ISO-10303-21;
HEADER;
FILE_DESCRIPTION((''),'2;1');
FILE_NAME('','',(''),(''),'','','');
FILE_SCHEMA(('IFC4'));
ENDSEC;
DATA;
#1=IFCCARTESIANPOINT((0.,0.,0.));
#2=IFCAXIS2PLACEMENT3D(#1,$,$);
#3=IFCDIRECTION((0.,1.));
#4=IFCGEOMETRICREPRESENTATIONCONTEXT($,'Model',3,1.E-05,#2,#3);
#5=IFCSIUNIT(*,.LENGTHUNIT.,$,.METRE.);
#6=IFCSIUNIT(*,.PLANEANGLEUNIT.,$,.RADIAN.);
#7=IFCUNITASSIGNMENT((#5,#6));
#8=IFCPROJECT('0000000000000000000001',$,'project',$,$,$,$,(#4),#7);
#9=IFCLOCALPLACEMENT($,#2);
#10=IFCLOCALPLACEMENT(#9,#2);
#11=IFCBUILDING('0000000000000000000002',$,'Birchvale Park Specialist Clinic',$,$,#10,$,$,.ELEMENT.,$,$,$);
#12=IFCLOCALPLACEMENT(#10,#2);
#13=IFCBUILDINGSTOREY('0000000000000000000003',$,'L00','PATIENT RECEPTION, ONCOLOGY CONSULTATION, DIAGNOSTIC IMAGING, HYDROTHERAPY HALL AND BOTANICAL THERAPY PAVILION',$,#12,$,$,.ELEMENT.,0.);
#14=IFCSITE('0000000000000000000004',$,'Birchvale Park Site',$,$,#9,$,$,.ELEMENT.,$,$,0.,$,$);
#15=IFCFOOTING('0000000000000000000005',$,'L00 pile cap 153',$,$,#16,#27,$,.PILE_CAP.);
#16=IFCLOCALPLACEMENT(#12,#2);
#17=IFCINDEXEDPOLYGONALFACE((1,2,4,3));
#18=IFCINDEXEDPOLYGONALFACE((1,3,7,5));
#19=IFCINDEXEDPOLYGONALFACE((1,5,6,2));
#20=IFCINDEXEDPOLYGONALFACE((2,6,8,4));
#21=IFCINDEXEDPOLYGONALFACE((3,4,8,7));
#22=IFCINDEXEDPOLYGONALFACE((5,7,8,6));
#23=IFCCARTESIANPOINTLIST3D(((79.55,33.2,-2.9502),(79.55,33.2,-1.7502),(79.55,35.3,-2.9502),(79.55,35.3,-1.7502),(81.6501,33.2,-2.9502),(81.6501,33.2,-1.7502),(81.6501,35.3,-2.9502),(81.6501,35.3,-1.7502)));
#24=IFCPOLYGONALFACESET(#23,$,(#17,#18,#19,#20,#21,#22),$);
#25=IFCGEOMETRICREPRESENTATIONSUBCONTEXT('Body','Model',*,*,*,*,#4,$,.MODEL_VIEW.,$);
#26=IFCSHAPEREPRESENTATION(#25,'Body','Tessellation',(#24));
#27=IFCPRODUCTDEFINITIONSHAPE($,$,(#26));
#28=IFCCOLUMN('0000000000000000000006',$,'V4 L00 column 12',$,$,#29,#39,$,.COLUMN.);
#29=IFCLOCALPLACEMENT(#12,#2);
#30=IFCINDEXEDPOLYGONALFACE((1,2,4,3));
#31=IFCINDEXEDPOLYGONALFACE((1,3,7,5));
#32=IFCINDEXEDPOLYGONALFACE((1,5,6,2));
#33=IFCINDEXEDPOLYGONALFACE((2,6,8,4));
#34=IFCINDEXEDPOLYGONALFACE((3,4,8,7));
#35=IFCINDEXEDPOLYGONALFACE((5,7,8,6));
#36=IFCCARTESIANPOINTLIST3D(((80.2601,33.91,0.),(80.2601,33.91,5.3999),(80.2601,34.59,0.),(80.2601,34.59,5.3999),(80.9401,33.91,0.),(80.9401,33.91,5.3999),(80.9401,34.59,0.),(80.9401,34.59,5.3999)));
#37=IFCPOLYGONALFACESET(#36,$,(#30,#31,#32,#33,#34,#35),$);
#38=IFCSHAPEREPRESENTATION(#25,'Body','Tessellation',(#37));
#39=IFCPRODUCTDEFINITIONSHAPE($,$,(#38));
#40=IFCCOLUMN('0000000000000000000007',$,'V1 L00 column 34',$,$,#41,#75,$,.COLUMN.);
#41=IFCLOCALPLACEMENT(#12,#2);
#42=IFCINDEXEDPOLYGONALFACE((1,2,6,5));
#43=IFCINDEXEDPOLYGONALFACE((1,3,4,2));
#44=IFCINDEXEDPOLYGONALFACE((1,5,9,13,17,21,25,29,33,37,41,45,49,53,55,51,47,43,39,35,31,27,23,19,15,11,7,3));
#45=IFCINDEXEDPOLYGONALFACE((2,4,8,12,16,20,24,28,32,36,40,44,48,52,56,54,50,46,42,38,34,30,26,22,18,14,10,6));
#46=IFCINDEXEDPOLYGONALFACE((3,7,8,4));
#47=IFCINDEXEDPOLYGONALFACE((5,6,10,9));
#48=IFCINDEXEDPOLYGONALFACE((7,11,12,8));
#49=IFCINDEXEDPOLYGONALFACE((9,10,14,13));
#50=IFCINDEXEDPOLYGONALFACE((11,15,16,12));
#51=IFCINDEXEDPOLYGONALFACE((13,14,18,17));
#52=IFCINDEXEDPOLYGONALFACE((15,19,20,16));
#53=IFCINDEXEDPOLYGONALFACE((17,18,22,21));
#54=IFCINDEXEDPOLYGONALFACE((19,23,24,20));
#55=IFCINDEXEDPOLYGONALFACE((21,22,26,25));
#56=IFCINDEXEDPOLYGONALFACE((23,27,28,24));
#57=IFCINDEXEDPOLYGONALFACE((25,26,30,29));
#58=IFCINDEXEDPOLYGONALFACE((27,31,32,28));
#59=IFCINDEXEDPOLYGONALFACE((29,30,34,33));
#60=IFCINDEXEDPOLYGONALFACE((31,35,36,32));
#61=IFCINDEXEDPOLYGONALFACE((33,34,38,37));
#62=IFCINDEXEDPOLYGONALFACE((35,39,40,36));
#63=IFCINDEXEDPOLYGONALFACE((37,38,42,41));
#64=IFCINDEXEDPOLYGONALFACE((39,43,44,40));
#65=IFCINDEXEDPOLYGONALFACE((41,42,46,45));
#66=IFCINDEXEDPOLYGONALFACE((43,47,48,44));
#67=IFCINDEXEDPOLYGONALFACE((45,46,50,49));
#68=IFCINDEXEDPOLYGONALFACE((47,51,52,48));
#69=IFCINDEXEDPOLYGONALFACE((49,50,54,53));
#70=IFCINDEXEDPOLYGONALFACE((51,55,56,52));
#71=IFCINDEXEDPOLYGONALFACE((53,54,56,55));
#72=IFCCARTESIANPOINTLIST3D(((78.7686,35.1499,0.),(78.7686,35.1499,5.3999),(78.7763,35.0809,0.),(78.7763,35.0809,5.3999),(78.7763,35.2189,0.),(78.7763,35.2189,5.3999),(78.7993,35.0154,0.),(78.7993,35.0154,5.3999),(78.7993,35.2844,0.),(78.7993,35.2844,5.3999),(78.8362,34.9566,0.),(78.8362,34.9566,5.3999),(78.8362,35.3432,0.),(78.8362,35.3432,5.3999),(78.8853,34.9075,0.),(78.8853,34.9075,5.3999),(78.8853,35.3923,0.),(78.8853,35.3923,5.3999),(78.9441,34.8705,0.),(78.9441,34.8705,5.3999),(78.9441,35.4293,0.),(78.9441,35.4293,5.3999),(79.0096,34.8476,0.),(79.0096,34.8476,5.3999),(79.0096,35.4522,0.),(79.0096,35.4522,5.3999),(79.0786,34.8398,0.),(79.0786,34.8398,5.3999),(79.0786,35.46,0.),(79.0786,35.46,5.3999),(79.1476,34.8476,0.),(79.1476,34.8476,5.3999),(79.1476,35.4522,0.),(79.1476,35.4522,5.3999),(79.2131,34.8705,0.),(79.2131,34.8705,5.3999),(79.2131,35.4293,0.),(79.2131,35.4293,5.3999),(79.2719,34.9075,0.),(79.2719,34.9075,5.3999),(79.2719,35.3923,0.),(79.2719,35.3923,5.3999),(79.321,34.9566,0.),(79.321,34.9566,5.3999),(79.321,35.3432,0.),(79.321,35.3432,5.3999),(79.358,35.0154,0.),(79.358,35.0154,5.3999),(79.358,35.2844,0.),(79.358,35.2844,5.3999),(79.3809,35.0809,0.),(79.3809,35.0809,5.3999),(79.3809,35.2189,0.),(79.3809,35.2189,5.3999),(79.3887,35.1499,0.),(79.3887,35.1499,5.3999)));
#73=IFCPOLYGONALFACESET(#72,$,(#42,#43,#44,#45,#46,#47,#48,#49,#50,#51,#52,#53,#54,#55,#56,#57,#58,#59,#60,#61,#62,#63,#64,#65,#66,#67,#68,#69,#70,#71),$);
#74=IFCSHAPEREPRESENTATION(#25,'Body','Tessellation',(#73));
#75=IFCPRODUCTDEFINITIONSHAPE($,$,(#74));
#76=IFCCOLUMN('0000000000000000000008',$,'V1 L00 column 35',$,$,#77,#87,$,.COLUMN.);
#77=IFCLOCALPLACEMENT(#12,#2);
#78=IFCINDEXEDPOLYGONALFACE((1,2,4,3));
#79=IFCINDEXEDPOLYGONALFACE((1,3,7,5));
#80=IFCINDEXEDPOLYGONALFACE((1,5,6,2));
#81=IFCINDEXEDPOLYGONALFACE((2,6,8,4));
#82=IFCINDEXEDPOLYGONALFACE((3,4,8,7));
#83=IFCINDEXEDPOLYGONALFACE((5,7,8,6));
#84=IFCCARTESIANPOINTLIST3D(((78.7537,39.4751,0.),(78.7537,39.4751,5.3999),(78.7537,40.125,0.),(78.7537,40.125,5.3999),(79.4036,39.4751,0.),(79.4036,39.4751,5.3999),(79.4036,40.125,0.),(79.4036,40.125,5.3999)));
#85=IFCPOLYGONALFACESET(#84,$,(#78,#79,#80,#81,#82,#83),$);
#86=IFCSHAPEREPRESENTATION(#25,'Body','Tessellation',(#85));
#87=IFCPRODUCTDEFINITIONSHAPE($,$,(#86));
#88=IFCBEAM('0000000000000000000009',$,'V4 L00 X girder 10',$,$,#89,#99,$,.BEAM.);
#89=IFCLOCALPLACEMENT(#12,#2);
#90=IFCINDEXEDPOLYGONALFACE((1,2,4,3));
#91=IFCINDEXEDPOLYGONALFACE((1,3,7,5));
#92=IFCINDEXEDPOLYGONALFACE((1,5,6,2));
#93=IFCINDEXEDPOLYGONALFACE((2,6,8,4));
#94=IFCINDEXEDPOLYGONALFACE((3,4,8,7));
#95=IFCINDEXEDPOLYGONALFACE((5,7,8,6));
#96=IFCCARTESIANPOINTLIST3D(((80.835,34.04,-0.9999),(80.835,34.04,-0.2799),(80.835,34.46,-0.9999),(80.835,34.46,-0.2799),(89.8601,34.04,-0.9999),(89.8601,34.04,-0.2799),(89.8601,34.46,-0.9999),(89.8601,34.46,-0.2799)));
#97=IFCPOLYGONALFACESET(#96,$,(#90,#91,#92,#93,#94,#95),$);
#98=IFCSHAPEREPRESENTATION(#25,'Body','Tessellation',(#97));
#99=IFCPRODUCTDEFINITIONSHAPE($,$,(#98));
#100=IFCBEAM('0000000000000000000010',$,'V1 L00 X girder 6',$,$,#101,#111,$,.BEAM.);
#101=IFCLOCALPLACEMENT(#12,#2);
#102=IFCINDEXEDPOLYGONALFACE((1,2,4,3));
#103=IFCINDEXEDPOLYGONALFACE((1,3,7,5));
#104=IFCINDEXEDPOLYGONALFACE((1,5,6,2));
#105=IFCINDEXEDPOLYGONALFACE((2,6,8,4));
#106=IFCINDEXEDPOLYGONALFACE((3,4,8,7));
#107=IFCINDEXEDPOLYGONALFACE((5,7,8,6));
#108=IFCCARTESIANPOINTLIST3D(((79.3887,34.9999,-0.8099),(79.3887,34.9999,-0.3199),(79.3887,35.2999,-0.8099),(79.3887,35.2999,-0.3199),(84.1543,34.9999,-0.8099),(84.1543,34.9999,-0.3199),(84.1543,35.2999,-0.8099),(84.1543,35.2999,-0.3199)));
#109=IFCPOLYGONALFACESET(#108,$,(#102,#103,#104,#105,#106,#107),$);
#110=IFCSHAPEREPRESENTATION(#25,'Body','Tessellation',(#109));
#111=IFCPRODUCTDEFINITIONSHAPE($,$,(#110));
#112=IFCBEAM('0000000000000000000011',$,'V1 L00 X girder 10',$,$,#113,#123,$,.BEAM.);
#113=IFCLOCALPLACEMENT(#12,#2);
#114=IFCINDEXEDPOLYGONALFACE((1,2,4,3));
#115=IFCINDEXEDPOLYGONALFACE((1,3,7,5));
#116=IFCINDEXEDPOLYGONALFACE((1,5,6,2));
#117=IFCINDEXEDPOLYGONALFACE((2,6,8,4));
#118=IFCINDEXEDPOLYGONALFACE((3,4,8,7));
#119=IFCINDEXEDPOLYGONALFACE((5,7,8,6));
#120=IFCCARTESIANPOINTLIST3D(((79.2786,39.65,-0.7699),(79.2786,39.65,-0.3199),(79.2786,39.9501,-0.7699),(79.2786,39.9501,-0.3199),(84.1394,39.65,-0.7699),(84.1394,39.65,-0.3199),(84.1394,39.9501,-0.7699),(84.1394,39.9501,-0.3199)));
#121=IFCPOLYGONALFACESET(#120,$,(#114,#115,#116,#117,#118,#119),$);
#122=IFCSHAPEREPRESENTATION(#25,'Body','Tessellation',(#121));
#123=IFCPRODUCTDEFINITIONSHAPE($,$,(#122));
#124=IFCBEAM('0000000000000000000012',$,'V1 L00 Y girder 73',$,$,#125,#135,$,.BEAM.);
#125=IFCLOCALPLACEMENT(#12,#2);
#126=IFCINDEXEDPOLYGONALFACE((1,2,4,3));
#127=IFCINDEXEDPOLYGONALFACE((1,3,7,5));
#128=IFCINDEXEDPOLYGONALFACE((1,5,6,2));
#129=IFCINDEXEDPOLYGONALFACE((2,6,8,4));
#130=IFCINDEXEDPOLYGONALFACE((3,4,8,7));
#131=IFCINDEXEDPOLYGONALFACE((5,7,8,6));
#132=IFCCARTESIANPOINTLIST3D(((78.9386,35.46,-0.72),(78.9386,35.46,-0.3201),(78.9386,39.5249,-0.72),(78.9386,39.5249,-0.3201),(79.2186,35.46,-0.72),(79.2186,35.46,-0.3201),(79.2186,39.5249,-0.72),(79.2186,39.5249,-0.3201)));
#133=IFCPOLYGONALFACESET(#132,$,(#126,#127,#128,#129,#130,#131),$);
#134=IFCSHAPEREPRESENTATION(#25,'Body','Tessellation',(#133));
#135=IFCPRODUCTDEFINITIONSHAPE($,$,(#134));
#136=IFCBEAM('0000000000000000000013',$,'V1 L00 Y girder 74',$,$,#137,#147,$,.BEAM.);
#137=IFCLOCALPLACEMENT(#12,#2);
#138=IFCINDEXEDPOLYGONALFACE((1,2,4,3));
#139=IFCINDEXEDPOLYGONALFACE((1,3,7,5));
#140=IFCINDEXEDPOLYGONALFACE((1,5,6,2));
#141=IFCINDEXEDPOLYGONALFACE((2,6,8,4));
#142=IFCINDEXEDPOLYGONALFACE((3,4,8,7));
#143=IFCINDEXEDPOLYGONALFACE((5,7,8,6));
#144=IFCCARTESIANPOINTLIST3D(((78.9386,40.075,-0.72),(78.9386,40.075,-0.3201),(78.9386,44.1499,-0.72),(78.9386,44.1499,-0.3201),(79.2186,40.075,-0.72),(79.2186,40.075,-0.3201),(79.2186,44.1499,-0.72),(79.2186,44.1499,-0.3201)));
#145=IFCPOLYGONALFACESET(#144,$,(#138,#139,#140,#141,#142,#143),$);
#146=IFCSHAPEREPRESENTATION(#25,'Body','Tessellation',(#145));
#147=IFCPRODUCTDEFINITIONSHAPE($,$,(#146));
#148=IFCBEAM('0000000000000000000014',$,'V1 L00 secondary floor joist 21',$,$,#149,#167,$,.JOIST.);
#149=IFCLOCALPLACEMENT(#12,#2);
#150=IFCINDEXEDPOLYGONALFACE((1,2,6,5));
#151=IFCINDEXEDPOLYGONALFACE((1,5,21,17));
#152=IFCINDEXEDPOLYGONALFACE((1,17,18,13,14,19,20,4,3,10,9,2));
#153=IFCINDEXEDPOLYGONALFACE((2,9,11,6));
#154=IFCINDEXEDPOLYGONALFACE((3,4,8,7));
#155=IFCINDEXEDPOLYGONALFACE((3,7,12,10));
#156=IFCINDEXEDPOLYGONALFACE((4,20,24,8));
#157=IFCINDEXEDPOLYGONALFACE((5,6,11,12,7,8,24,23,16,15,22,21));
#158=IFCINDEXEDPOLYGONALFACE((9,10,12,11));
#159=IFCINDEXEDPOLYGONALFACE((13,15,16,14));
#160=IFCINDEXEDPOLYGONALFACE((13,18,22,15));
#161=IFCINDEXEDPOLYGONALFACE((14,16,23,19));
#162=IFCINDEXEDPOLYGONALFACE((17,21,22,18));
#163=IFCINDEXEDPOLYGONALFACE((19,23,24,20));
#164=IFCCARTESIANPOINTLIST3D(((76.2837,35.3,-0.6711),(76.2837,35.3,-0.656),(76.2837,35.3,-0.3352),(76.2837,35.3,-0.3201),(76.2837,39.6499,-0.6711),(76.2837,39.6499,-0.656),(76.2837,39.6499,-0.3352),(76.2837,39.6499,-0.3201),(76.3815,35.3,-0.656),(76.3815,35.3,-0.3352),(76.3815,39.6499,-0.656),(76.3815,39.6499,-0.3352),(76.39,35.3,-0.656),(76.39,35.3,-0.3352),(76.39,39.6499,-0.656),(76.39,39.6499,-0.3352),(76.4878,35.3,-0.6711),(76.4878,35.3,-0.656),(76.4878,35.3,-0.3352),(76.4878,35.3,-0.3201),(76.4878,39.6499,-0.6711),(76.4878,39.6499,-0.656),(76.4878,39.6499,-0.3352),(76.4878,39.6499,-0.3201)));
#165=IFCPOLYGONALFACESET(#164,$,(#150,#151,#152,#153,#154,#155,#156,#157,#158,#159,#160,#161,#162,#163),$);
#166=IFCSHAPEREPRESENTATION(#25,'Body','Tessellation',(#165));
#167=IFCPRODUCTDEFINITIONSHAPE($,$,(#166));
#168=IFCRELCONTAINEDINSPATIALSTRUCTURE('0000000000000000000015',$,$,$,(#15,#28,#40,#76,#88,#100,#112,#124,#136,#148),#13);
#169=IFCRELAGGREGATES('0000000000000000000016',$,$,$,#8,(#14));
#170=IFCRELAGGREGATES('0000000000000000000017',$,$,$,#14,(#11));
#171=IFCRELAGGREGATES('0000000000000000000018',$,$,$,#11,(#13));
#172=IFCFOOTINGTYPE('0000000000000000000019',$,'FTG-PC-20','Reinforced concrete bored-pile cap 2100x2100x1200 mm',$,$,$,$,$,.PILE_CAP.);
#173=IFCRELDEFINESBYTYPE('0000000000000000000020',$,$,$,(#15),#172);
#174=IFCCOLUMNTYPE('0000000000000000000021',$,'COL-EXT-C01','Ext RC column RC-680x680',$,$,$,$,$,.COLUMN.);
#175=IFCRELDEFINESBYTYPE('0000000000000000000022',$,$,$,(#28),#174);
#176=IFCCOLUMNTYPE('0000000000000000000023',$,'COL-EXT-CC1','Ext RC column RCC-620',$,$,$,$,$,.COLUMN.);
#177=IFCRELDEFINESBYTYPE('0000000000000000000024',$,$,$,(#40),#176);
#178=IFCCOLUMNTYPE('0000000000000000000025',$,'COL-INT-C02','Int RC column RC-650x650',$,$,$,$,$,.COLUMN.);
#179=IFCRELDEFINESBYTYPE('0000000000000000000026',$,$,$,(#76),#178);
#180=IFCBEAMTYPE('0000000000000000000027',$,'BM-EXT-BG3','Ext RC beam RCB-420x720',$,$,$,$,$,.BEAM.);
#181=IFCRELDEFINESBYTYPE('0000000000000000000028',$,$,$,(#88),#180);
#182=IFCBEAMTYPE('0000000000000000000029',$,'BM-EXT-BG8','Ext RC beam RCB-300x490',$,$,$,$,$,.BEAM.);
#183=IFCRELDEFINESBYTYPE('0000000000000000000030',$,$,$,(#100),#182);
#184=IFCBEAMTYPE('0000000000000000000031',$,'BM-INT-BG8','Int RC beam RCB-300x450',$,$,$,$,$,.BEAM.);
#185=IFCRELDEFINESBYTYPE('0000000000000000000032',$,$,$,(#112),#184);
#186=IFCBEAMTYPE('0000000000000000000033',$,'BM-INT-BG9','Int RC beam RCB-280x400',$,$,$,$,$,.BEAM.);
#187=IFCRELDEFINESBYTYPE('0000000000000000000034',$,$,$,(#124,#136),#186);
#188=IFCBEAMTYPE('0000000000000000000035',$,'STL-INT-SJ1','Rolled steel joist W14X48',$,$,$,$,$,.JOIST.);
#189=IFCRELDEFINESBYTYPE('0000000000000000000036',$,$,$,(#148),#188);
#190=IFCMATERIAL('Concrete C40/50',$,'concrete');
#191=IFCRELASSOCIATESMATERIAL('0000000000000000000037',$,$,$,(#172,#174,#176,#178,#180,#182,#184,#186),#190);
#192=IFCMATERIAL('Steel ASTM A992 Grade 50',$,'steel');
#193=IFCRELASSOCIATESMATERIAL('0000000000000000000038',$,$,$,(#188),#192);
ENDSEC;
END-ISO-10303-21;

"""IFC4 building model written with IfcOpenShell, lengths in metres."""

from ifc_helpers import new_model, si_unit, direction, frame, origin, origin_2d, place, context, subcontext, project, spatial, rectangle, circle, i_section, extrude, material, material_profile, profile_set, type_object, element, save


model = new_model("IFC4")

# Units and contexts
model_context = context("Model", 3, precision=1e-05, world=origin(), true_north=direction((0.0, 1.0)))
body_context = subcontext(model_context, "Body", "Model", "MODEL_VIEW")
ifc_project = project(units=[si_unit("LENGTHUNIT", "METRE"), si_unit("PLANEANGLEUNIT", "RADIAN")], contexts=[model_context])

# Site, building, storey
site_placement = place(None, origin())
site = spatial("IfcSite", under=ifc_project, at=site_placement, Name="Birchvale Park Site", CompositionType="ELEMENT", RefElevation=0.0)
building_placement = place(site_placement, origin())
building = spatial("IfcBuilding", under=site, at=building_placement, Name="Birchvale Park Specialist Clinic", CompositionType="ELEMENT")
storey_placement = place(building_placement, origin())
storey = spatial("IfcBuildingStorey", under=building, at=storey_placement, Name="L00", Description="PATIENT RECEPTION, ONCOLOGY CONSULTATION, DIAGNOSTIC IMAGING, HYDROTHERAPY HALL AND BOTANICAL THERAPY PAVILION", CompositionType="ELEMENT", Elevation=0.0)

# Footing
ifc_material_1 = material(Name="Concrete C40/50", Category="concrete")
footing_type = type_object("IfcFootingType", Name="FTG-PC-20", Description="Reinforced concrete bored-pile cap 2100x2100x1200 mm", PredefinedType="PILE_CAP", material=ifc_material_1)
footing_placement = place(storey_placement, frame((80.6001, 34.25, -2.9502), z_axis=(0.0, 0.0, 1.0), x_axis=(1.0, 0.0, 0.0)))
element("IfcFooting", 1, at=footing_placement, inside=storey, type_object=footing_type, Name="L00 pile cap 153", PredefinedType="PILE_CAP", context=body_context, shape_type="SweptSolid", body=[
    extrude(rectangle(XDim=2.1001, YDim=2.1001, at=origin_2d()), origin(), (0.0, 0.0, 1.0), 1.2),
])

# Columns
ifc_material_profile_1 = material_profile(ifc_material_1, rectangle(XDim=0.6799, YDim=0.6799, at=origin_2d()), Name="RC-680x680")
ifc_profile_set_1 = profile_set([ifc_material_profile_1], Name="Concrete C40/50")
column_type_1 = type_object("IfcColumnType", Name="COL-EXT-C01", Description="Ext RC column RC-680x680", PredefinedType="COLUMN", material=ifc_profile_set_1)
column_1_placement = place(storey_placement, frame((80.6001, 34.25, 0.0), z_axis=(0.0, 0.0, 1.0), x_axis=(1.0, 0.0, 0.0)))
element("IfcColumn", 2, at=column_1_placement, inside=storey, type_object=column_type_1, Name="V4 L00 column 12", PredefinedType="COLUMN", context=body_context, shape_type="SweptSolid", body=[
    extrude(rectangle(XDim=0.6799, YDim=0.6799, at=origin_2d()), origin(), (0.0, 0.0, 1.0), 5.3999),
])
ifc_material_profile_2 = material_profile(ifc_material_1, circle(Radius=0.3101, at=origin_2d()), Name="RCC-620")
ifc_profile_set_2 = profile_set([ifc_material_profile_2], Name="Concrete C40/50")
column_type_2 = type_object("IfcColumnType", Name="COL-EXT-CC1", Description="Ext RC column RCC-620", PredefinedType="COLUMN", material=ifc_profile_set_2)
column_2_placement = place(storey_placement, frame((79.0786, 35.1499, 0.0), z_axis=(0.0, 0.0, 1.0), x_axis=(1.0, 0.0, 0.0)))
element("IfcColumn", 3, at=column_2_placement, inside=storey, type_object=column_type_2, Name="V1 L00 column 34", PredefinedType="COLUMN", context=body_context, shape_type="SweptSolid", body=[
    extrude(circle(Radius=0.3101, at=origin_2d()), origin(), (0.0, 0.0, 1.0), 5.3999),
])
ifc_material_profile_3 = material_profile(ifc_material_1, rectangle(XDim=0.6499, YDim=0.6499, at=origin_2d()), Name="RC-650x650")
ifc_profile_set_3 = profile_set([ifc_material_profile_3], Name="Concrete C40/50")
column_type_3 = type_object("IfcColumnType", Name="COL-INT-C02", Description="Int RC column RC-650x650", PredefinedType="COLUMN", material=ifc_profile_set_3)
column_3_placement = place(storey_placement, frame((79.0786, 39.8, 0.0), z_axis=(0.0, 0.0, 1.0), x_axis=(1.0, 0.0, 0.0)))
element("IfcColumn", 4, at=column_3_placement, inside=storey, type_object=column_type_3, Name="V1 L00 column 35", PredefinedType="COLUMN", context=body_context, shape_type="SweptSolid", body=[
    extrude(rectangle(XDim=0.6499, YDim=0.6499, at=origin_2d()), origin(), (0.0, 0.0, 1.0), 5.3999),
])

# Beams
ifc_material_profile_4 = material_profile(ifc_material_1, rectangle(XDim=0.4199, YDim=0.72, at=origin_2d()), Name="RCB-420x720")
ifc_profile_set_4 = profile_set([ifc_material_profile_4], Name="Concrete C40/50")
beam_type_1 = type_object("IfcBeamType", Name="BM-EXT-BG3", Description="Ext RC beam RCB-420x720", PredefinedType="BEAM", material=ifc_profile_set_4)
beam_1_placement = place(storey_placement, frame((80.835, 34.25, -0.6399), z_axis=(1.0, 0.0, 0.0), x_axis=(0.0, 1.0, 0.0)))
element("IfcBeam", 5, at=beam_1_placement, inside=storey, type_object=beam_type_1, Name="V4 L00 X girder 10", PredefinedType="BEAM", context=body_context, shape_type="SweptSolid", body=[
    extrude(rectangle(XDim=0.4199, YDim=0.72, at=origin_2d()), origin(), (0.0, 0.0, 1.0), 9.0251),
])
ifc_material_profile_5 = material_profile(ifc_material_1, rectangle(XDim=0.3, YDim=0.49, at=origin_2d()), Name="RCB-300x490")
ifc_profile_set_5 = profile_set([ifc_material_profile_5], Name="Concrete C40/50")
beam_type_2 = type_object("IfcBeamType", Name="BM-EXT-BG8", Description="Ext RC beam RCB-300x490", PredefinedType="BEAM", material=ifc_profile_set_5)
beam_2_placement = place(storey_placement, frame((79.3887, 35.1499, -0.5649), z_axis=(1.0, 0.0, 0.0), x_axis=(0.0, 1.0, 0.0)))
element("IfcBeam", 6, at=beam_2_placement, inside=storey, type_object=beam_type_2, Name="V1 L00 X girder 6", PredefinedType="BEAM", context=body_context, shape_type="SweptSolid", body=[
    extrude(rectangle(XDim=0.3, YDim=0.49, at=origin_2d()), origin(), (0.0, 0.0, 1.0), 4.7656),
])
ifc_material_profile_6 = material_profile(ifc_material_1, rectangle(XDim=0.3, YDim=0.45, at=origin_2d()), Name="RCB-300x450")
ifc_profile_set_6 = profile_set([ifc_material_profile_6], Name="Concrete C40/50")
beam_type_3 = type_object("IfcBeamType", Name="BM-INT-BG8", Description="Int RC beam RCB-300x450", PredefinedType="BEAM", material=ifc_profile_set_6)
beam_3_placement = place(storey_placement, frame((79.2786, 39.8, -0.5449), z_axis=(1.0, 0.0, 0.0), x_axis=(0.0, 1.0, 0.0)))
element("IfcBeam", 7, at=beam_3_placement, inside=storey, type_object=beam_type_3, Name="V1 L00 X girder 10", PredefinedType="BEAM", context=body_context, shape_type="SweptSolid", body=[
    extrude(rectangle(XDim=0.3, YDim=0.45, at=origin_2d()), origin(), (0.0, 0.0, 1.0), 4.8608),
])
ifc_material_profile_7 = material_profile(ifc_material_1, rectangle(XDim=0.28, YDim=0.3999, at=origin_2d()), Name="RCB-280x400")
ifc_profile_set_7 = profile_set([ifc_material_profile_7], Name="Concrete C40/50")
beam_type_4 = type_object("IfcBeamType", Name="BM-INT-BG9", Description="Int RC beam RCB-280x400", PredefinedType="BEAM", material=ifc_profile_set_7)
beam_4_placement = place(storey_placement, frame((79.0786, 35.46, -0.52), z_axis=(0.0, 1.0, 0.0), x_axis=(-1.0, 0.0, 0.0)))
element("IfcBeam", 8, at=beam_4_placement, inside=storey, type_object=beam_type_4, Name="V1 L00 Y girder 73", PredefinedType="BEAM", context=body_context, shape_type="SweptSolid", body=[
    extrude(rectangle(XDim=0.28, YDim=0.3999, at=origin_2d()), origin(), (0.0, 0.0, 1.0), 4.0649),
])
beam_5_placement = place(storey_placement, frame((79.0786, 40.075, -0.52), z_axis=(0.0, 1.0, 0.0), x_axis=(-1.0, 0.0, 0.0)))
element("IfcBeam", 9, at=beam_5_placement, inside=storey, type_object=beam_type_4, Name="V1 L00 Y girder 74", PredefinedType="BEAM", context=body_context, shape_type="SweptSolid", body=[
    extrude(rectangle(XDim=0.28, YDim=0.3999, at=origin_2d()), origin(), (0.0, 0.0, 1.0), 4.075),
])
ifc_material_2 = material(Name="Steel ASTM A992 Grade 50", Category="steel")
ifc_material_profile_8 = material_profile(ifc_material_2, i_section(OverallWidth=0.2041, OverallDepth=0.3511, WebThickness=0.0085, FlangeThickness=0.0151, at=origin_2d()), Name="W14X48")
ifc_profile_set_8 = profile_set([ifc_material_profile_8], Name="Steel ASTM A992 Grade 50")
beam_type_5 = type_object("IfcBeamType", Name="STL-INT-SJ1", Description="Rolled steel joist W14X48", PredefinedType="JOIST", material=ifc_profile_set_8)
beam_6_placement = place(storey_placement, frame((76.3857, 35.3, -0.4956), z_axis=(0.0, 1.0, 0.0), x_axis=(-1.0, 0.0, 0.0)))
element("IfcBeam", 10, at=beam_6_placement, inside=storey, type_object=beam_type_5, Name="V1 L00 secondary floor joist 21", PredefinedType="JOIST", context=body_context, shape_type="SweptSolid", body=[
    extrude(i_section(OverallWidth=0.2041, OverallDepth=0.3511, WebThickness=0.0085, FlangeThickness=0.0151, at=origin_2d()), origin(), (0.0, 0.0, 1.0), 4.3499),
])

save(model, "model.ifc")
